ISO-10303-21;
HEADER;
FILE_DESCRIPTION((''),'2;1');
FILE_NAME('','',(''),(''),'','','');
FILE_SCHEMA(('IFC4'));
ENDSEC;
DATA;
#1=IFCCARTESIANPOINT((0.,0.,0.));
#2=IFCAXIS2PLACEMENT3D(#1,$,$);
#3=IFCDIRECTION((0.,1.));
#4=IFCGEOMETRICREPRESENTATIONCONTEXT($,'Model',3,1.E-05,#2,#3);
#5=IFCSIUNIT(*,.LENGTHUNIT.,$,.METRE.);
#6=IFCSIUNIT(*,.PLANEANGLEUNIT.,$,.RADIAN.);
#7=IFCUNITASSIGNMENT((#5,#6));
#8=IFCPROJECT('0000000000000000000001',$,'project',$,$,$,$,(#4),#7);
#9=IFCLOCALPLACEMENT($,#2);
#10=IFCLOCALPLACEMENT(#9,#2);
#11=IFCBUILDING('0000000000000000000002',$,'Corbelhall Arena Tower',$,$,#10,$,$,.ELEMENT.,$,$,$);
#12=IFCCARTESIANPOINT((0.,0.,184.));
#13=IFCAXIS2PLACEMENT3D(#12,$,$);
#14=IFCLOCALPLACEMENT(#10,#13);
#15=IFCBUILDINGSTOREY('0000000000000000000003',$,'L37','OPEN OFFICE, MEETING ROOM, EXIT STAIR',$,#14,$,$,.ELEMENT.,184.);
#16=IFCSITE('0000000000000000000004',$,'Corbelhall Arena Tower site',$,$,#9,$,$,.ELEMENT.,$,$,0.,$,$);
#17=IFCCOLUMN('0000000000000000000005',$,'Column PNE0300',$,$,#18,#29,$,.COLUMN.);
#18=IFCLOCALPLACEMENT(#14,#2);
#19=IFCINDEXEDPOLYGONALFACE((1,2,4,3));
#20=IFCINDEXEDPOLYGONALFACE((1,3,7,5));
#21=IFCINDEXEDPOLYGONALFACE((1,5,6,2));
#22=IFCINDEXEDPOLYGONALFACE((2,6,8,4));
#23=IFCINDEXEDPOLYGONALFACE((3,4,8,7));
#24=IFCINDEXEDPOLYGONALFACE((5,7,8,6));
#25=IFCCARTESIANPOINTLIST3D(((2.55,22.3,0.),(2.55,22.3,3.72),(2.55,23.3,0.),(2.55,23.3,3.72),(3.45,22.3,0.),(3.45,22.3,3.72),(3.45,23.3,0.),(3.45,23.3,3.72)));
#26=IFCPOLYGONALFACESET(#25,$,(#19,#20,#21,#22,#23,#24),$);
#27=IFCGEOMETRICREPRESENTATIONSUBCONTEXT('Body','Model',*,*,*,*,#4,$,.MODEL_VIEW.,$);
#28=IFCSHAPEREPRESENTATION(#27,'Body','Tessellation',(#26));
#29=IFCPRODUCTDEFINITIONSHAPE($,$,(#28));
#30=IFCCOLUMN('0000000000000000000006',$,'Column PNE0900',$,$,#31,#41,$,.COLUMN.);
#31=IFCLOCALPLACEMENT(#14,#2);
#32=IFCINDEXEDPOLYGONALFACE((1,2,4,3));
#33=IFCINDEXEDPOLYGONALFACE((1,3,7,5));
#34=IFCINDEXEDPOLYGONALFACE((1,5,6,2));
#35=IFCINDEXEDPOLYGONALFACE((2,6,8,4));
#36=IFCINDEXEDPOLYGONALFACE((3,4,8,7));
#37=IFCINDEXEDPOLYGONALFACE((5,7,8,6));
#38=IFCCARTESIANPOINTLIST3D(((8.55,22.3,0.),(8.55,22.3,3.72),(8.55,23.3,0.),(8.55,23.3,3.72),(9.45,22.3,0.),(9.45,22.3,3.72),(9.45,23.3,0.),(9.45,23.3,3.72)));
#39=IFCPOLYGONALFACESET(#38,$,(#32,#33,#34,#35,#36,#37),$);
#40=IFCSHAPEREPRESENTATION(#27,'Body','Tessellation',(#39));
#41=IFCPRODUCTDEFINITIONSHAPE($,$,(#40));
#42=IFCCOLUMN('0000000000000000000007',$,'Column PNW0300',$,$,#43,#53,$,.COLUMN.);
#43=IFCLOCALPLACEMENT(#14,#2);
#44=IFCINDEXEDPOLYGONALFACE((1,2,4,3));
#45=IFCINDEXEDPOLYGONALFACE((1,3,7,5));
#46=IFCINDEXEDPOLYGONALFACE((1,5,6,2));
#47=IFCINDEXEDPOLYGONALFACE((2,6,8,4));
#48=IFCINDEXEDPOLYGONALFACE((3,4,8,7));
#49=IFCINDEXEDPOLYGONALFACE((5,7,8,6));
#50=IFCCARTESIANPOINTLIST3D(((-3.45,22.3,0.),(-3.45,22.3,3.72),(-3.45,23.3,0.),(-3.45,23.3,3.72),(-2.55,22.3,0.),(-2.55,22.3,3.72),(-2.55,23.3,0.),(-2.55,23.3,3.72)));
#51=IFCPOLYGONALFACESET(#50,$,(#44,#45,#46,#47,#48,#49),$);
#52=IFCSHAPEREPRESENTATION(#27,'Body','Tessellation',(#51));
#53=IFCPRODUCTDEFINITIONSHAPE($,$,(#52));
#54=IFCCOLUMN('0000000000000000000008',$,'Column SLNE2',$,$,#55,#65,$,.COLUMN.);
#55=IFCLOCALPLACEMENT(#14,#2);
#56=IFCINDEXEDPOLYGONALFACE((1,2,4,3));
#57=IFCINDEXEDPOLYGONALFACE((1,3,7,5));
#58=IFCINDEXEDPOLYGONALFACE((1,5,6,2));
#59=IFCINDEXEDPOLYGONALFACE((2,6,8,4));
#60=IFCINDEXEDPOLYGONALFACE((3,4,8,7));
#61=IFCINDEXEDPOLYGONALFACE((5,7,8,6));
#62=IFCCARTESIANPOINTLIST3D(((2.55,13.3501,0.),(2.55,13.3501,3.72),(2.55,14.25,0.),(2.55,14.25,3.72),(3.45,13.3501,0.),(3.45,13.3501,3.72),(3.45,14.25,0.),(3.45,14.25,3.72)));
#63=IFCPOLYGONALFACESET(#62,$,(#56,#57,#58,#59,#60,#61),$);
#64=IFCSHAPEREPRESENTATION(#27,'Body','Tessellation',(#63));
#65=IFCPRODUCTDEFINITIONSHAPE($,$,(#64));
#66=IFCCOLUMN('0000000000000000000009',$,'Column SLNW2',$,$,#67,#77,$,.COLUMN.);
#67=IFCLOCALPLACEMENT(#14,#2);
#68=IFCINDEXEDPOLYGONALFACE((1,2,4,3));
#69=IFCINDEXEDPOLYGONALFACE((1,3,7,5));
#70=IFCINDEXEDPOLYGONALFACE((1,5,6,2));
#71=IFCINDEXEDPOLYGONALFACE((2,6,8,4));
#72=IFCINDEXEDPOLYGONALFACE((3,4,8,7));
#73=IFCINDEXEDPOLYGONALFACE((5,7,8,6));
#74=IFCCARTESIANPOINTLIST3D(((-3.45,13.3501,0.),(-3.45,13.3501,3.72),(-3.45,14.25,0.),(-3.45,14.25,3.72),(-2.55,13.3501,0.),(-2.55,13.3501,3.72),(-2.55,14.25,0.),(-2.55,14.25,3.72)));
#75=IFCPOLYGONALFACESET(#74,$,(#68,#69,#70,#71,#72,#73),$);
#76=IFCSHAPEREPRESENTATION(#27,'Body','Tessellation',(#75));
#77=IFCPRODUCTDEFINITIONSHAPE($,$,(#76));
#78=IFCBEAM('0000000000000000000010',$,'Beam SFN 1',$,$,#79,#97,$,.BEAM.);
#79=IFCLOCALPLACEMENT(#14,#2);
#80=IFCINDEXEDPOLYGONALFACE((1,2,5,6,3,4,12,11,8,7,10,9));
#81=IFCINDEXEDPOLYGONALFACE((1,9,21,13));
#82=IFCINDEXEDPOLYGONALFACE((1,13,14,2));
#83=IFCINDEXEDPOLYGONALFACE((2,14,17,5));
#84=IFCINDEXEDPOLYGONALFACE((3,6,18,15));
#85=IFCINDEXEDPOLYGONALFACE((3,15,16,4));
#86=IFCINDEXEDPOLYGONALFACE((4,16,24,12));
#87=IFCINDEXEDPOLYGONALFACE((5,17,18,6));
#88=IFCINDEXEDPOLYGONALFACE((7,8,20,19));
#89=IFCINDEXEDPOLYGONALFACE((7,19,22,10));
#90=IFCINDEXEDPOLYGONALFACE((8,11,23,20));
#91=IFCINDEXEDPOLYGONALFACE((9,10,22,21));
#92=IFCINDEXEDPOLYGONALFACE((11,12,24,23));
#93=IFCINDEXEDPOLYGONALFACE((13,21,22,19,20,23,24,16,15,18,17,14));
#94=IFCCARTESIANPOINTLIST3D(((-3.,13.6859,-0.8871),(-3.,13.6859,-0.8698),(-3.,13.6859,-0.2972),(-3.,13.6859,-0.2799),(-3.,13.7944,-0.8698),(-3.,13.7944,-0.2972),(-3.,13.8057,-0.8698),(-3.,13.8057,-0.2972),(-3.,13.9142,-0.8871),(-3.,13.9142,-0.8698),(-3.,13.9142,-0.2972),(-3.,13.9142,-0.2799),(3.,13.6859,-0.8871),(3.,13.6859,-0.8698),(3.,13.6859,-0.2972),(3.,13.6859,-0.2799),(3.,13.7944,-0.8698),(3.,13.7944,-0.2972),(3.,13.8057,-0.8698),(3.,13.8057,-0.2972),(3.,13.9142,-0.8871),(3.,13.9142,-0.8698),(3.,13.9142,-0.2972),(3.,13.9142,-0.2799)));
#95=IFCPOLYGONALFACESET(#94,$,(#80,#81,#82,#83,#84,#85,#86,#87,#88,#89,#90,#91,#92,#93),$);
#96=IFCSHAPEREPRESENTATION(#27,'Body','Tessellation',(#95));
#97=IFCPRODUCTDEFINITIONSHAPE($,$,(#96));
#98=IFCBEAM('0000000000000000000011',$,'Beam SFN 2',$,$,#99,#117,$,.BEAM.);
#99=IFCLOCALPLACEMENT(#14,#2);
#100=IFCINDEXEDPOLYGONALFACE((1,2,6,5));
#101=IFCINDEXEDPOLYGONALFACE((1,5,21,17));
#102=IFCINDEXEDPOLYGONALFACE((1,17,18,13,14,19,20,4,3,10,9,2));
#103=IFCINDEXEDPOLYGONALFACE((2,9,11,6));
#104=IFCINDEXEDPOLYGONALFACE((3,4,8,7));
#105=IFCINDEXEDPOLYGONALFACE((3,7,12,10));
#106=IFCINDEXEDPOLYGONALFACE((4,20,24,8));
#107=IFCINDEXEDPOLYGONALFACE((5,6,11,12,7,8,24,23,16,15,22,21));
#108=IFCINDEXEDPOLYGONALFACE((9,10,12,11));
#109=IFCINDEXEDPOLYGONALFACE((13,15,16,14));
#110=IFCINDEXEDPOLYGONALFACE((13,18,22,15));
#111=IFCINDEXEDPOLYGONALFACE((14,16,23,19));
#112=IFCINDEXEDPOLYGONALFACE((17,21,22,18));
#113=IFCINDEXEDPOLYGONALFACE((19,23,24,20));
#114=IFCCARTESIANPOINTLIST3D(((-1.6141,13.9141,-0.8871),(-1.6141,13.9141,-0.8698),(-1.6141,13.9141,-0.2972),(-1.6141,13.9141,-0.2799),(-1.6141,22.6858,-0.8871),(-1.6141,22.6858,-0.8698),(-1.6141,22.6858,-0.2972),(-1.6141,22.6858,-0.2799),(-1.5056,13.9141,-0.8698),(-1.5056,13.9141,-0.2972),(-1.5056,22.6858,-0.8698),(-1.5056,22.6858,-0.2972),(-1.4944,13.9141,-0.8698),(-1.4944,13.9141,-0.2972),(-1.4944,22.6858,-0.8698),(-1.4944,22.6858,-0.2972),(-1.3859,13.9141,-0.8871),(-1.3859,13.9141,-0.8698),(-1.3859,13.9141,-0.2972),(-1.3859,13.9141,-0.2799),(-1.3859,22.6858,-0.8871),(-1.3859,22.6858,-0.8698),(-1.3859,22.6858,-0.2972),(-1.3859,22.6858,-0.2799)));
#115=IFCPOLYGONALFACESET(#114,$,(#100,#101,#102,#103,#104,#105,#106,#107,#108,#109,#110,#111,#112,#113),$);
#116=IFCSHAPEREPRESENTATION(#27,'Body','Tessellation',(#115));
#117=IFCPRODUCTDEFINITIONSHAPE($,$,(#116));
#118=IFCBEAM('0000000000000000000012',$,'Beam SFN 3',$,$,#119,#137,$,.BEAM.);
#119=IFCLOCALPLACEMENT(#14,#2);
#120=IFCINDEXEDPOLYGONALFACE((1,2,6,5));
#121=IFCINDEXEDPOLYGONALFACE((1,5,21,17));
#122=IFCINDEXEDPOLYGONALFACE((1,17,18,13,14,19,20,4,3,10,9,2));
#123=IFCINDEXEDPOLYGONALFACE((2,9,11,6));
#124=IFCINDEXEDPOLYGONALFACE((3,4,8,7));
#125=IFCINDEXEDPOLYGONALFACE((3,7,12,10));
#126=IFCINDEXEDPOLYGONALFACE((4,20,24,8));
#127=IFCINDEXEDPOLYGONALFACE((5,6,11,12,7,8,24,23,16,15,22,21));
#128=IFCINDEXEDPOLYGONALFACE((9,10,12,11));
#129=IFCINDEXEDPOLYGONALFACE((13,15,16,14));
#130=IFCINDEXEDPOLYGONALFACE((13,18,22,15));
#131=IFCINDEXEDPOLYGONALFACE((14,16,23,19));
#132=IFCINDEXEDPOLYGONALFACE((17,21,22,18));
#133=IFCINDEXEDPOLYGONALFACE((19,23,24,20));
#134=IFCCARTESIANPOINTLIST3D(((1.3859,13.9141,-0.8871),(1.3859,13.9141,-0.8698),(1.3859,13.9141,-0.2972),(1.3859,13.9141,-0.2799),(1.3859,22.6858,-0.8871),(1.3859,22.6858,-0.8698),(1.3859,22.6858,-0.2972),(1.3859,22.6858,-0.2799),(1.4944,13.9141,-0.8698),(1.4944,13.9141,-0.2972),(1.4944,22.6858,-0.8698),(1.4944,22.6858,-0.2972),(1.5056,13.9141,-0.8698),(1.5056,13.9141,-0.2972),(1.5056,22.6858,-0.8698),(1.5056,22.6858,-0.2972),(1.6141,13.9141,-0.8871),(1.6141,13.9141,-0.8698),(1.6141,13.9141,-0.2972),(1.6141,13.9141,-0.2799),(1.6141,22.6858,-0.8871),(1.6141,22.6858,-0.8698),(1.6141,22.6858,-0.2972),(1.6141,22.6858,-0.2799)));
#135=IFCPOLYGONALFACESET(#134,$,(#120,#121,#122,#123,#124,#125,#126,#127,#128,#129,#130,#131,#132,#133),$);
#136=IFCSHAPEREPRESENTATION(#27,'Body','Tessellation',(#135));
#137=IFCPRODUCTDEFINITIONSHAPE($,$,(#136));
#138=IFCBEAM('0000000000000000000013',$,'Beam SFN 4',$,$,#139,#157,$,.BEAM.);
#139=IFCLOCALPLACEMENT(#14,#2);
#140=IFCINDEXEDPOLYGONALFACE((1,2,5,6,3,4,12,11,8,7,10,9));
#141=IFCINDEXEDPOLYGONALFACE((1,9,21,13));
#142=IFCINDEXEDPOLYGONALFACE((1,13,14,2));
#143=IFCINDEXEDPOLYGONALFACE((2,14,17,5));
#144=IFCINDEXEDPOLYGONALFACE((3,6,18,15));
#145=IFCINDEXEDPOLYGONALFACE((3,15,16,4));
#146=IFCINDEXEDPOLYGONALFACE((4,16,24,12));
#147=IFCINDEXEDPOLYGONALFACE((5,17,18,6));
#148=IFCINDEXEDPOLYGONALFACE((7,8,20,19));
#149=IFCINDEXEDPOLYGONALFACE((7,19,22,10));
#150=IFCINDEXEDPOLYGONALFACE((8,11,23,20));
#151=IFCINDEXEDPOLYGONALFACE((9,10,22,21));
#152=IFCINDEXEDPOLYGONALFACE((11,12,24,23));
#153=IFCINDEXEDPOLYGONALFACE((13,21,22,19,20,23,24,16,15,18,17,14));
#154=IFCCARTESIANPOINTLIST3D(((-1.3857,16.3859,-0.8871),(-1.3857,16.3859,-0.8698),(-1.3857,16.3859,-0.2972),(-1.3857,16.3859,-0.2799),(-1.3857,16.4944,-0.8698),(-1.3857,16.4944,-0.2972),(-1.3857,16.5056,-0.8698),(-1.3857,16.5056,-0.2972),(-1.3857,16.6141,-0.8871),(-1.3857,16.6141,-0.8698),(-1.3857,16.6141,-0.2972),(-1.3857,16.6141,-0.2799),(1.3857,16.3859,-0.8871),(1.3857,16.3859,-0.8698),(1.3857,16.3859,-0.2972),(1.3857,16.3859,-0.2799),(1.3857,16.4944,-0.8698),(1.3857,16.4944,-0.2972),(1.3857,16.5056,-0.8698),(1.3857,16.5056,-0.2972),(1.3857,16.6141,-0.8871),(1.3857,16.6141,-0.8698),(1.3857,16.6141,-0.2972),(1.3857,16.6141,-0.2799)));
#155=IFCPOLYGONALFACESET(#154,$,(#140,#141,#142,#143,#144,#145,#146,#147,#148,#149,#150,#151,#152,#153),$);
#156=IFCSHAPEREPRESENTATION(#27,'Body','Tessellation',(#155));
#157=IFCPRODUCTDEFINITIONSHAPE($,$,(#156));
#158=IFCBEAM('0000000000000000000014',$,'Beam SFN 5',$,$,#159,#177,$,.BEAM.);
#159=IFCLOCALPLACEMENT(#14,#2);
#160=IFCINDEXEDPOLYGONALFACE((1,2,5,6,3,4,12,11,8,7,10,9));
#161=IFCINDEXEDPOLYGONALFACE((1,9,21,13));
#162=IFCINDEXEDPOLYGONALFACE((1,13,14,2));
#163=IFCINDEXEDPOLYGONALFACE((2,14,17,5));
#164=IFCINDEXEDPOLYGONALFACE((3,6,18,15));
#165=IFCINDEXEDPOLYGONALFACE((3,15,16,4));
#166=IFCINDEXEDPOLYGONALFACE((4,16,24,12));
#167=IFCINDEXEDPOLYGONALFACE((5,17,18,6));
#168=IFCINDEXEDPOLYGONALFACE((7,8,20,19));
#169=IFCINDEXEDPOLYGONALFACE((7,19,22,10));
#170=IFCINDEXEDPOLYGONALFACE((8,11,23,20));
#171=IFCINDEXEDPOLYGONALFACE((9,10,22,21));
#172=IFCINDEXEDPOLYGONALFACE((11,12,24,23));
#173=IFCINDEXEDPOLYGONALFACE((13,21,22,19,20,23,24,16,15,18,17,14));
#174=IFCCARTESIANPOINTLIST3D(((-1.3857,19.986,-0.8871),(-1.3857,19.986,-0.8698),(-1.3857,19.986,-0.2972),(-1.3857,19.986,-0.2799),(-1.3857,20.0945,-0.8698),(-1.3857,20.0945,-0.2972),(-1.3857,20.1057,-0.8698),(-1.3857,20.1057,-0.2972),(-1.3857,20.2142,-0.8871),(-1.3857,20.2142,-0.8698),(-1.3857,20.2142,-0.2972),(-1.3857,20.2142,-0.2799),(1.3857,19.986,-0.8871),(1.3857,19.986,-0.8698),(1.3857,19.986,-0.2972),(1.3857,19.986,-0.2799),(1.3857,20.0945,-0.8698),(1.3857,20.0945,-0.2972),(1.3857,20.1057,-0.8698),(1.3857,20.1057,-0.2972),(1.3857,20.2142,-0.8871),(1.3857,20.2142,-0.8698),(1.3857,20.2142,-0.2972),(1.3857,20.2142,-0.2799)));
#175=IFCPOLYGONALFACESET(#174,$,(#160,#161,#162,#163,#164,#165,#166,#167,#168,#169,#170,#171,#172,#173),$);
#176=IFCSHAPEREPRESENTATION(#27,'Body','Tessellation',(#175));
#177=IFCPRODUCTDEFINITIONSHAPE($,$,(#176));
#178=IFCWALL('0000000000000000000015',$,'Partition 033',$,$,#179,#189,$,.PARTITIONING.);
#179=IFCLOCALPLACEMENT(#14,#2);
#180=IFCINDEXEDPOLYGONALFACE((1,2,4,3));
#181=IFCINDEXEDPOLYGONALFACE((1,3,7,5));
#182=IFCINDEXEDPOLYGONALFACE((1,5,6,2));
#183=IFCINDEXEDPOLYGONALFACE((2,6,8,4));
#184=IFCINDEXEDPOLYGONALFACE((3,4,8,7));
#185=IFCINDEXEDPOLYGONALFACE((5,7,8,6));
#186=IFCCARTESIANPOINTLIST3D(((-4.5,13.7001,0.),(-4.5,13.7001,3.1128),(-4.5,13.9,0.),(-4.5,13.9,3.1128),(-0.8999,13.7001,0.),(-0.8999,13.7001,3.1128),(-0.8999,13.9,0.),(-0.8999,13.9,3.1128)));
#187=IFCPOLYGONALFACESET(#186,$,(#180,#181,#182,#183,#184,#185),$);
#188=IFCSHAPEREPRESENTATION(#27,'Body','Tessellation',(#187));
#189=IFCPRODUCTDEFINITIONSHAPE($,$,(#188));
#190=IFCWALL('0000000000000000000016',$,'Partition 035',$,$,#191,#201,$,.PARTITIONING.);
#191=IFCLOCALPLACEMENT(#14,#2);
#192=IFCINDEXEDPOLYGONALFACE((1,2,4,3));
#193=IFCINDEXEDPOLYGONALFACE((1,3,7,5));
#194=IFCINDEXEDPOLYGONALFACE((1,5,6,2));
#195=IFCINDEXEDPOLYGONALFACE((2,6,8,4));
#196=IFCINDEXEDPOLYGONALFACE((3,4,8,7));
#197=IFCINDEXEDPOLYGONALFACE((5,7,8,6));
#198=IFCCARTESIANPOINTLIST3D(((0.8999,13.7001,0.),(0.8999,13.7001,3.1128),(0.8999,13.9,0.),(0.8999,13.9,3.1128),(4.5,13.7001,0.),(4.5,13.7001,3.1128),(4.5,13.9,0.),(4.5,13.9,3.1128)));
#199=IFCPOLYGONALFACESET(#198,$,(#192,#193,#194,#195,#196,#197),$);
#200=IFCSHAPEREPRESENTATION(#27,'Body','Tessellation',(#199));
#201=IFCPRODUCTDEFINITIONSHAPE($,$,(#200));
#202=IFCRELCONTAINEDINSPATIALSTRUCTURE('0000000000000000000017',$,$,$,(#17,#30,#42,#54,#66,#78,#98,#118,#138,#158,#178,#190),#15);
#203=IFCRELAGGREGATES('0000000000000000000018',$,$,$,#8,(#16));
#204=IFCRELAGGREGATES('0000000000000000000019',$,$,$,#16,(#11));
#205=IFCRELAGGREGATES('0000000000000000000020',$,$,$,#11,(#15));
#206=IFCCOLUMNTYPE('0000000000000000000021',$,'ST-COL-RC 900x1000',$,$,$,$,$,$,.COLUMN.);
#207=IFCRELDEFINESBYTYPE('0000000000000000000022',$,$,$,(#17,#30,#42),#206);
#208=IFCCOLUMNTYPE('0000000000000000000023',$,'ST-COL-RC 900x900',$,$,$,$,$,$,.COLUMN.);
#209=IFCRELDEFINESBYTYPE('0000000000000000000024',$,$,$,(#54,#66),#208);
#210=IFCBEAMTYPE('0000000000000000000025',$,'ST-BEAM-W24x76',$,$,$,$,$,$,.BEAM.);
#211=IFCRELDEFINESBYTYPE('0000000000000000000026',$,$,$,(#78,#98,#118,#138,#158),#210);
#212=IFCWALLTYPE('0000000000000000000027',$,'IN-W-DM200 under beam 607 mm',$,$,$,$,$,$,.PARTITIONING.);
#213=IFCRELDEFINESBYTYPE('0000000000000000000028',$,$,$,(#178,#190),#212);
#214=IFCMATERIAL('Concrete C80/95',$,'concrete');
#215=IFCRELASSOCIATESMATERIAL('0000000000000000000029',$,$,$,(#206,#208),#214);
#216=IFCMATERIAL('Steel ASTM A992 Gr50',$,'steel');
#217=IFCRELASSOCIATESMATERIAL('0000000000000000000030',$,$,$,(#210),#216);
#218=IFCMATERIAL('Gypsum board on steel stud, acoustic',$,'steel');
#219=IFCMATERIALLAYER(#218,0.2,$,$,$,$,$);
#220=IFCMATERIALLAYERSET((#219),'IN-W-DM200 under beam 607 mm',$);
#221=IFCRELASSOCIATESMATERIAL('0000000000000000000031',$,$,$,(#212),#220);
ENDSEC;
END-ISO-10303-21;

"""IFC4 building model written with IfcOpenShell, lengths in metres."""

from ifc_helpers import new_model, si_unit, direction, frame, frame_2d, origin, origin_2d, place, context, subcontext, project, spatial, rectangle, i_section, extrude, material, layer, layer_set, material_profile, profile_set, type_object, element, save


model = new_model("IFC4")

# Units and contexts
model_context = context("Model", 3, precision=1e-05, world=origin(), true_north=direction((0.0, 1.0)))
body_context = subcontext(model_context, "Body", "Model", "MODEL_VIEW")
ifc_project = project(units=[si_unit("LENGTHUNIT", "METRE"), si_unit("PLANEANGLEUNIT", "RADIAN")], contexts=[model_context])

# Site, building, storey
site_placement = place(None, origin())
site = spatial("IfcSite", under=ifc_project, at=site_placement, Name="Corbelhall Arena Tower site", CompositionType="ELEMENT", RefElevation=0.0)
building_placement = place(site_placement, origin())
building = spatial("IfcBuilding", under=site, at=building_placement, Name="Corbelhall Arena Tower", CompositionType="ELEMENT")
storey_placement = place(building_placement, frame((0.0, 0.0, 184.0)))
storey = spatial("IfcBuildingStorey", under=building, at=storey_placement, Name="L37", Description="OPEN OFFICE, MEETING ROOM, EXIT STAIR", CompositionType="ELEMENT", Elevation=184.0)

# Columns
ifc_material_1 = material(Name="Concrete C80/95", Category="concrete")
ifc_material_profile_1 = material_profile(ifc_material_1, rectangle(XDim=0.8999, YDim=1.0, at=origin_2d()))
ifc_profile_set_1 = profile_set([ifc_material_profile_1], Name="Concrete C80/95")
column_type_1 = type_object("IfcColumnType", Name="ST-COL-RC 900x1000", PredefinedType="COLUMN", material=ifc_profile_set_1)
for number, where, z_axis, x_axis, name in (
    (1, (3.0, 22.8, 0.0), (0.0, 0.0, 1.0), (1.0, 0.0, 0.0), "Column PNE0300"),
    (2, (9.0, 22.8, 0.0), (0.0, 0.0, 1.0), (1.0, 0.0, 0.0), "Column PNE0900"),
    (3, (-3.0, 22.8, 0.0), (0.0, 0.0, 1.0), (1.0, 0.0, 0.0), "Column PNW0300"),
):
    element("IfcColumn", number, at=place(storey_placement, frame(where, z_axis=z_axis, x_axis=x_axis)), inside=storey, type_object=column_type_1, Name=name, PredefinedType="COLUMN", context=body_context, shape_type="SweptSolid", body=[
        extrude(rectangle(XDim=0.8999, YDim=1.0, at=origin_2d()), origin(), (0.0, 0.0, 1.0), 3.72),
    ])
ifc_material_profile_2 = material_profile(ifc_material_1, rectangle(XDim=0.8999, YDim=0.8999, at=origin_2d()))
ifc_profile_set_2 = profile_set([ifc_material_profile_2], Name="Concrete C80/95")
column_type_2 = type_object("IfcColumnType", Name="ST-COL-RC 900x900", PredefinedType="COLUMN", material=ifc_profile_set_2)
for number, where, z_axis, x_axis, name in (
    (4, (3.0, 13.8, 0.0), (0.0, 0.0, 1.0), (1.0, 0.0, 0.0), "Column SLNE2"),
    (5, (-3.0, 13.8, 0.0), (0.0, 0.0, 1.0), (1.0, 0.0, 0.0), "Column SLNW2"),
):
    element("IfcColumn", number, at=place(storey_placement, frame(where, z_axis=z_axis, x_axis=x_axis)), inside=storey, type_object=column_type_2, Name=name, PredefinedType="COLUMN", context=body_context, shape_type="SweptSolid", body=[
        extrude(rectangle(XDim=0.8999, YDim=0.8999, at=origin_2d()), origin(), (0.0, 0.0, 1.0), 3.72),
    ])

# Beams
ifc_material_2 = material(Name="Steel ASTM A992 Gr50", Category="steel")
ifc_material_profile_3 = material_profile(ifc_material_2, i_section(OverallWidth=0.2283, OverallDepth=0.6072, WebThickness=0.0112, FlangeThickness=0.0173, at=origin_2d()))
ifc_profile_set_3 = profile_set([ifc_material_profile_3], Name="Steel ASTM A992 Gr50")
beam_type = type_object("IfcBeamType", Name="ST-BEAM-W24x76", PredefinedType="BEAM", material=ifc_profile_set_3)
beam_placement = place(storey_placement, frame((-3.0, 13.8, -0.5835), z_axis=(1.0, 0.0, 0.0), x_axis=(0.0, 1.0, 0.0)))
element("IfcBeam", 6, at=beam_placement, inside=storey, type_object=beam_type, Name="Beam SFN 1", PredefinedType="BEAM", context=body_context, shape_type="SweptSolid", body=[
    extrude(i_section(OverallWidth=0.2283, OverallDepth=0.6072, WebThickness=0.0112, FlangeThickness=0.0173, at=origin_2d()), origin(), (0.0, 0.0, 1.0), 6.0),
])
for number, where, z_axis, x_axis, name in (
    (7, (-1.5, 13.9141, -0.5835), (0.0, 1.0, 0.0), (-1.0, 0.0, 0.0), "Beam SFN 2"),
    (8, (1.5, 13.9141, -0.5835), (0.0, 1.0, 0.0), (-1.0, 0.0, 0.0), "Beam SFN 3"),
):
    element("IfcBeam", number, at=place(storey_placement, frame(where, z_axis=z_axis, x_axis=x_axis)), inside=storey, type_object=beam_type, Name=name, PredefinedType="BEAM", context=body_context, shape_type="SweptSolid", body=[
        extrude(i_section(OverallWidth=0.2283, OverallDepth=0.6072, WebThickness=0.0112, FlangeThickness=0.0173, at=origin_2d()), origin(), (0.0, 0.0, 1.0), 8.7717),
    ])
for number, where, z_axis, x_axis, name in (
    (9, (-1.3857, 16.5, -0.5835), (1.0, 0.0, 0.0), (0.0, 1.0, 0.0), "Beam SFN 4"),
    (10, (-1.3857, 20.1001, -0.5835), (1.0, 0.0, 0.0), (0.0, 1.0, 0.0), "Beam SFN 5"),
):
    element("IfcBeam", number, at=place(storey_placement, frame(where, z_axis=z_axis, x_axis=x_axis)), inside=storey, type_object=beam_type, Name=name, PredefinedType="BEAM", context=body_context, shape_type="SweptSolid", body=[
        extrude(i_section(OverallWidth=0.2283, OverallDepth=0.6072, WebThickness=0.0112, FlangeThickness=0.0173, at=origin_2d()), origin(), (0.0, 0.0, 1.0), 2.7715),
    ])

# Walls
ifc_material_3 = material(Name="Gypsum board on steel stud, acoustic", Category="steel")
ifc_layer_1 = layer(ifc_material_3, 0.2)
ifc_layer_set_1 = layer_set([ifc_layer_1], Name="IN-W-DM200 under beam 607 mm")
wall_type_1 = type_object("IfcWallType", Name="IN-W-DM200 under beam 607 mm", PredefinedType="PARTITIONING", material=ifc_layer_set_1)
for number, where, z_axis, x_axis, name in (
    (11, (-4.5, 13.8, 0.0), (0.0, 0.0, 1.0), (1.0, 0.0, 0.0), "Partition 033"),
    (12, (0.8999, 13.8, 0.0), (0.0, 0.0, 1.0), (1.0, 0.0, 0.0), "Partition 035"),
):
    element("IfcWall", number, at=place(storey_placement, frame(where, z_axis=z_axis, x_axis=x_axis)), inside=storey, type_object=wall_type_1, Name=name, PredefinedType="PARTITIONING", context=body_context, shape_type="SweptSolid", body=[
        extrude(rectangle(XDim=3.6001, YDim=0.2, at=frame_2d((1.8, 0.0))), origin(), (0.0, 0.0, 1.0), 3.1128),
    ])

save(model, "model.ifc")
